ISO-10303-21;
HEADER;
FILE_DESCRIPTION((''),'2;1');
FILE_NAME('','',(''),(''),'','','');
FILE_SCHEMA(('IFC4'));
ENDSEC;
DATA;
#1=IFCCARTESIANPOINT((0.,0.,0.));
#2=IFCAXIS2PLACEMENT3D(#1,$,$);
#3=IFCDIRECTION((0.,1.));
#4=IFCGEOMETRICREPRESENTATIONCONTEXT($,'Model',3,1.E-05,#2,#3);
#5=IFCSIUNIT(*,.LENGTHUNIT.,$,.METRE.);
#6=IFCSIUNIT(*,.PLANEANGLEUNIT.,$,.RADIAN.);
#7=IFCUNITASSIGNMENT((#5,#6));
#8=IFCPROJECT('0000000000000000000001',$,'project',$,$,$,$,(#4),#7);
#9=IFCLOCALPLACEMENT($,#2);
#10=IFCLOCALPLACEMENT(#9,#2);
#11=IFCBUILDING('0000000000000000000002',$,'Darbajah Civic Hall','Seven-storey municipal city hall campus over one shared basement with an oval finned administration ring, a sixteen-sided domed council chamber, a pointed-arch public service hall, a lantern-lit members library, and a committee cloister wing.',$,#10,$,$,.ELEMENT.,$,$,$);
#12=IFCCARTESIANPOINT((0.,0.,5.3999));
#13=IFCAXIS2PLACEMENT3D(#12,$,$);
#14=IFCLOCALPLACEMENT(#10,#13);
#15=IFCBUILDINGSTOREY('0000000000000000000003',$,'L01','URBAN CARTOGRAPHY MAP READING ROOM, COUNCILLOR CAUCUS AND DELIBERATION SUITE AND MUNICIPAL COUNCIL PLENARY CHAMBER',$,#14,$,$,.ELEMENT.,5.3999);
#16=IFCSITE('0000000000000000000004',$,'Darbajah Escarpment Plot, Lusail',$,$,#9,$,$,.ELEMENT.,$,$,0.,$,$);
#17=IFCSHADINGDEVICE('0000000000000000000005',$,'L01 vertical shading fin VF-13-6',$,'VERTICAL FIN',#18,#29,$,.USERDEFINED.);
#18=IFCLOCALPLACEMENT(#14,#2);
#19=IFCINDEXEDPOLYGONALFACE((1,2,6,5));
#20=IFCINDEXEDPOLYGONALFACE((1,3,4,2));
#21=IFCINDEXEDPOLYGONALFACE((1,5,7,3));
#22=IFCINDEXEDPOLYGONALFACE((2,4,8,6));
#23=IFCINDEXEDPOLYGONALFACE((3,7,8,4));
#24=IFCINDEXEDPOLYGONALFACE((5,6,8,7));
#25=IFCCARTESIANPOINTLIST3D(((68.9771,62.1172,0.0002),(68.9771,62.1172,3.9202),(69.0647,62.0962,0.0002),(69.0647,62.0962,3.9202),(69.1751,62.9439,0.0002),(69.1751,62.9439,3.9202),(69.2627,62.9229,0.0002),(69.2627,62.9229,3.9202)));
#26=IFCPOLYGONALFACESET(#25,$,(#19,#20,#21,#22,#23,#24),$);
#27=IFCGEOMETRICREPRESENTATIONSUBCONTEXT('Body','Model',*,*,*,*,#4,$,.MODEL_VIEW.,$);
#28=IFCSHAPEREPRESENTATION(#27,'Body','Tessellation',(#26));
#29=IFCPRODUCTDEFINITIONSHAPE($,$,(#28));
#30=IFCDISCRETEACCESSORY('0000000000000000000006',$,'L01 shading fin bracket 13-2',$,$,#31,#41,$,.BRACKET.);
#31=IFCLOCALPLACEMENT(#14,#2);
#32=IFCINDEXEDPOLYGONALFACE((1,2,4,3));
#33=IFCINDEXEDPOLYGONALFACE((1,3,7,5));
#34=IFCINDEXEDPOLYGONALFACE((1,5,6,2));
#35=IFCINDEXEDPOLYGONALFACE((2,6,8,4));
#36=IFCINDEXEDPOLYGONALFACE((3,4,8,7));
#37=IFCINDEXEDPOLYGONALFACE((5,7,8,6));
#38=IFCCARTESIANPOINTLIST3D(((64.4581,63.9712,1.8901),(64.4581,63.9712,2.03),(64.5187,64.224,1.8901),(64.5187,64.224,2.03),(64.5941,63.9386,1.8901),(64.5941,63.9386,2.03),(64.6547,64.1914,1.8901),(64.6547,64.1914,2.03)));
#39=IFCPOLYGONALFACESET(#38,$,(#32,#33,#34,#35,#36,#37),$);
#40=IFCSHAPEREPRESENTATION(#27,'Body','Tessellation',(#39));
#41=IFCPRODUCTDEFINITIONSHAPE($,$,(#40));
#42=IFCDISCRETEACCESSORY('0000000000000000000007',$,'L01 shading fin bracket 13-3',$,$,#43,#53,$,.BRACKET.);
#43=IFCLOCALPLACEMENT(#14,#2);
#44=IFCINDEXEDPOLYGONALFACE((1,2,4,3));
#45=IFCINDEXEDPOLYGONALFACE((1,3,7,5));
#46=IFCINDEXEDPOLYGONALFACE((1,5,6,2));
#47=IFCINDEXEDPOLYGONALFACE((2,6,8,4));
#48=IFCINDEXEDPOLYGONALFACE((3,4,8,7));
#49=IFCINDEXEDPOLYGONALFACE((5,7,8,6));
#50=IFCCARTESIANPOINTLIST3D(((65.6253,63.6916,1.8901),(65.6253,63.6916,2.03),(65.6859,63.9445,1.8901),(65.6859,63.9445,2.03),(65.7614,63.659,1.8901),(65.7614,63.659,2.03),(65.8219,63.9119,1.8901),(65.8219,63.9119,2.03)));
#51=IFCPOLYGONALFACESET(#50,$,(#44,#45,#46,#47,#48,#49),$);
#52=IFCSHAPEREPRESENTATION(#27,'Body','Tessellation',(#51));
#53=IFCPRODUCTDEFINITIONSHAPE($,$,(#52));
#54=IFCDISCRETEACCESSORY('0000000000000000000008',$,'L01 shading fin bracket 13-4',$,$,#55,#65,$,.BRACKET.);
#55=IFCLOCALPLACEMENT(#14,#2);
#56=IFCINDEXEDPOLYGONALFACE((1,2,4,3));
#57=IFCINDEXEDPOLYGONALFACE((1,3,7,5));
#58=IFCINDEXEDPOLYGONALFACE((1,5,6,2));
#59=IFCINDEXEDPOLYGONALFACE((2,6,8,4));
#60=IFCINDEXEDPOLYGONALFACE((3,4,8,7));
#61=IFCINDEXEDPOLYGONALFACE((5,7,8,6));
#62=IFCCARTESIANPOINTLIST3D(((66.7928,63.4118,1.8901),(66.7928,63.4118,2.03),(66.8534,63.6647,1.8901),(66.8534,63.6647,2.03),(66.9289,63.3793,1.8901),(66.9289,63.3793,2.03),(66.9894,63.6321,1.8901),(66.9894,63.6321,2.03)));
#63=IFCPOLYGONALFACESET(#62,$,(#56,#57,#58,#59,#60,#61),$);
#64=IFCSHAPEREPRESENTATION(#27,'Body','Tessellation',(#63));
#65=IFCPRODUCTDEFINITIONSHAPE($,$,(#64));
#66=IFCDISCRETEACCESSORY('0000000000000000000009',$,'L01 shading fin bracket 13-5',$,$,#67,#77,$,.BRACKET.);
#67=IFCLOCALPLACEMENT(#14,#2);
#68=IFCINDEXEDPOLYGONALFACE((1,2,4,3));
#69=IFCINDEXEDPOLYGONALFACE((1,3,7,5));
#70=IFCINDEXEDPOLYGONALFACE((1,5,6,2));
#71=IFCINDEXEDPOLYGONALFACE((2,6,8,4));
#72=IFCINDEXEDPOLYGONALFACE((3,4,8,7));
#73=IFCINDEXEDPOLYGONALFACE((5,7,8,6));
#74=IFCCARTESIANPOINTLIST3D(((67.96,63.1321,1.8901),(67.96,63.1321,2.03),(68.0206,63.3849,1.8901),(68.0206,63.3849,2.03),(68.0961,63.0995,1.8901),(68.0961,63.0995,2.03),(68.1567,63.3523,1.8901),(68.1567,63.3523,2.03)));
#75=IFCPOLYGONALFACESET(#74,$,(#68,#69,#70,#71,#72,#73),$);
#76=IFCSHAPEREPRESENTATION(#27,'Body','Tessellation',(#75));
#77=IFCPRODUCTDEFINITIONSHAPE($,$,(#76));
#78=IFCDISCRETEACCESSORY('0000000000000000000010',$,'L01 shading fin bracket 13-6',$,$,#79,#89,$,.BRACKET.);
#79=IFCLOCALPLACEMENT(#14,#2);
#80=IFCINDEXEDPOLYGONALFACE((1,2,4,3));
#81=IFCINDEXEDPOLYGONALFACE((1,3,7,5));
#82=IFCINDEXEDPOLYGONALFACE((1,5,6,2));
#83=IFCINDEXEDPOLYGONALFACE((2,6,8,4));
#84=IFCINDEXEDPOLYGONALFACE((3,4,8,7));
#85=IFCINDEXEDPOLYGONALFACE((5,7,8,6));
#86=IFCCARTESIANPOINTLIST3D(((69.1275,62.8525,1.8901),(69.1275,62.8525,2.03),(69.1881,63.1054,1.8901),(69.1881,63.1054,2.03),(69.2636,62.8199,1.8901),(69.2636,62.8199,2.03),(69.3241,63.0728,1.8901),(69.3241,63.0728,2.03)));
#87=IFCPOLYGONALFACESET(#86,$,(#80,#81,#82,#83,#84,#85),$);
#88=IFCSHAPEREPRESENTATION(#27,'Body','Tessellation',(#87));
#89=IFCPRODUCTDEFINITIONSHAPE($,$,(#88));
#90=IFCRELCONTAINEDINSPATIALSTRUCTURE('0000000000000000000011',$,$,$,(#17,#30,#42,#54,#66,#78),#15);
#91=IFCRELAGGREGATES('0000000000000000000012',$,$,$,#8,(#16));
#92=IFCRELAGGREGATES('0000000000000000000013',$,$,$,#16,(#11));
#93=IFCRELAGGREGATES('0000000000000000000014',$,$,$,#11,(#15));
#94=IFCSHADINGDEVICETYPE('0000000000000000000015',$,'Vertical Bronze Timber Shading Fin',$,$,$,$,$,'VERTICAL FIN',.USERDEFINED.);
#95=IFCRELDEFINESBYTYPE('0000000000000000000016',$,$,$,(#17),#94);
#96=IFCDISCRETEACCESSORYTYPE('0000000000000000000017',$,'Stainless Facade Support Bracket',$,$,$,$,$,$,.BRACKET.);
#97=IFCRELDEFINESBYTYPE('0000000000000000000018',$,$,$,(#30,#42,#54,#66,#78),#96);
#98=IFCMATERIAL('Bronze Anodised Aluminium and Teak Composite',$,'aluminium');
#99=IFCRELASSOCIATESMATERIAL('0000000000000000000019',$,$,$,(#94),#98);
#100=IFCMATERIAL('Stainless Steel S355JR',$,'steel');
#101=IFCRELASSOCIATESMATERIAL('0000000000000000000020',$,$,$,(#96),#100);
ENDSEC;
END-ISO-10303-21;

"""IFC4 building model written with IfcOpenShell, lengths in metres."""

from ifc_helpers import new_model, si_unit, direction, frame, origin, origin_2d, place, context, subcontext, project, spatial, rectangle, extrude, material, type_object, element, save


model = new_model("IFC4")

# Units and contexts
model_context = context("Model", 3, precision=1e-05, world=origin(), true_north=direction((0.0, 1.0)))
body_context = subcontext(model_context, "Body", "Model", "MODEL_VIEW")
ifc_project = project(units=[si_unit("LENGTHUNIT", "METRE"), si_unit("PLANEANGLEUNIT", "RADIAN")], contexts=[model_context])

# Site, building, storey
site_placement = place(None, origin())
site = spatial("IfcSite", under=ifc_project, at=site_placement, Name="Darbajah Escarpment Plot, Lusail", CompositionType="ELEMENT", RefElevation=0.0)
building_placement = place(site_placement, origin())
building = spatial("IfcBuilding", under=site, at=building_placement, Name="Darbajah Civic Hall", Description="Seven-storey municipal city hall campus over one shared basement with an oval finned administration ring, a sixteen-sided domed council chamber, a pointed-arch public service hall, a lantern-lit members library, and a committee cloister wing.", CompositionType="ELEMENT")
storey_placement = place(building_placement, frame((0.0, 0.0, 5.3999)))
storey = spatial("IfcBuildingStorey", under=building, at=storey_placement, Name="L01", Description="URBAN CARTOGRAPHY MAP READING ROOM, COUNCILLOR CAUCUS AND DELIBERATION SUITE AND MUNICIPAL COUNCIL PLENARY CHAMBER", CompositionType="ELEMENT", Elevation=5.3999)

# Shading device
ifc_material_1 = material(Name="Bronze Anodised Aluminium and Teak Composite", Category="aluminium")
shading_device_type = type_object("IfcShadingDeviceType", Name="Vertical Bronze Timber Shading Fin", ElementType="VERTICAL FIN", PredefinedType="USERDEFINED", material=ifc_material_1)
for number, where, z_axis, x_axis, name in (
    (1, (69.1199, 62.52, 0.0002), (0.0, 0.0, 1.0), (-0.232936, -0.972492, 0.0), "L01 vertical shading fin VF-13-6"),
):
    element("IfcShadingDevice", number, at=place(storey_placement, frame(where, z_axis=z_axis, x_axis=x_axis)), inside=storey, type_object=shading_device_type, Name=name, ObjectType="VERTICAL FIN", PredefinedType="USERDEFINED", context=body_context, shape_type="SweptSolid", body=[
        extrude(rectangle(XDim=0.8501, YDim=0.0901, at=origin_2d()), origin(), (0.0, 0.0, 1.0), 3.9199),
    ])

# Discrete accessories
ifc_material_2 = material(Name="Stainless Steel S355JR", Category="steel")
discrete_accessory_type = type_object("IfcDiscreteAccessoryType", Name="Stainless Facade Support Bracket", PredefinedType="BRACKET", material=ifc_material_2)
for number, where, z_axis, x_axis, name in (
    (2, (64.5564, 64.0813, 1.8901), (0.0, 0.0, 1.0), (-0.232936, -0.972492, 0.0), "L01 shading fin bracket 13-2"),
    (3, (65.7236, 63.8018, 1.8901), (0.0, 0.0, 1.0), (-0.232936, -0.972492, 0.0), "L01 shading fin bracket 13-3"),
    (4, (66.8911, 63.522, 1.8901), (0.0, 0.0, 1.0), (-0.232936, -0.972492, 0.0), "L01 shading fin bracket 13-4"),
    (5, (68.0583, 63.2422, 1.8901), (0.0, 0.0, 1.0), (-0.232936, -0.972492, 0.0), "L01 shading fin bracket 13-5"),
    (6, (69.2258, 62.9626, 1.8901), (0.0, 0.0, 1.0), (-0.232936, -0.972492, 0.0), "L01 shading fin bracket 13-6"),
):
    element("IfcDiscreteAccessory", number, at=place(storey_placement, frame(where, z_axis=z_axis, x_axis=x_axis)), inside=storey, type_object=discrete_accessory_type, Name=name, PredefinedType="BRACKET", context=body_context, shape_type="SweptSolid", body=[
        extrude(rectangle(XDim=0.26, YDim=0.1399, at=origin_2d()), origin(), (0.0, 0.0, 1.0), 0.1399),
    ])

save(model, "model.ifc")
